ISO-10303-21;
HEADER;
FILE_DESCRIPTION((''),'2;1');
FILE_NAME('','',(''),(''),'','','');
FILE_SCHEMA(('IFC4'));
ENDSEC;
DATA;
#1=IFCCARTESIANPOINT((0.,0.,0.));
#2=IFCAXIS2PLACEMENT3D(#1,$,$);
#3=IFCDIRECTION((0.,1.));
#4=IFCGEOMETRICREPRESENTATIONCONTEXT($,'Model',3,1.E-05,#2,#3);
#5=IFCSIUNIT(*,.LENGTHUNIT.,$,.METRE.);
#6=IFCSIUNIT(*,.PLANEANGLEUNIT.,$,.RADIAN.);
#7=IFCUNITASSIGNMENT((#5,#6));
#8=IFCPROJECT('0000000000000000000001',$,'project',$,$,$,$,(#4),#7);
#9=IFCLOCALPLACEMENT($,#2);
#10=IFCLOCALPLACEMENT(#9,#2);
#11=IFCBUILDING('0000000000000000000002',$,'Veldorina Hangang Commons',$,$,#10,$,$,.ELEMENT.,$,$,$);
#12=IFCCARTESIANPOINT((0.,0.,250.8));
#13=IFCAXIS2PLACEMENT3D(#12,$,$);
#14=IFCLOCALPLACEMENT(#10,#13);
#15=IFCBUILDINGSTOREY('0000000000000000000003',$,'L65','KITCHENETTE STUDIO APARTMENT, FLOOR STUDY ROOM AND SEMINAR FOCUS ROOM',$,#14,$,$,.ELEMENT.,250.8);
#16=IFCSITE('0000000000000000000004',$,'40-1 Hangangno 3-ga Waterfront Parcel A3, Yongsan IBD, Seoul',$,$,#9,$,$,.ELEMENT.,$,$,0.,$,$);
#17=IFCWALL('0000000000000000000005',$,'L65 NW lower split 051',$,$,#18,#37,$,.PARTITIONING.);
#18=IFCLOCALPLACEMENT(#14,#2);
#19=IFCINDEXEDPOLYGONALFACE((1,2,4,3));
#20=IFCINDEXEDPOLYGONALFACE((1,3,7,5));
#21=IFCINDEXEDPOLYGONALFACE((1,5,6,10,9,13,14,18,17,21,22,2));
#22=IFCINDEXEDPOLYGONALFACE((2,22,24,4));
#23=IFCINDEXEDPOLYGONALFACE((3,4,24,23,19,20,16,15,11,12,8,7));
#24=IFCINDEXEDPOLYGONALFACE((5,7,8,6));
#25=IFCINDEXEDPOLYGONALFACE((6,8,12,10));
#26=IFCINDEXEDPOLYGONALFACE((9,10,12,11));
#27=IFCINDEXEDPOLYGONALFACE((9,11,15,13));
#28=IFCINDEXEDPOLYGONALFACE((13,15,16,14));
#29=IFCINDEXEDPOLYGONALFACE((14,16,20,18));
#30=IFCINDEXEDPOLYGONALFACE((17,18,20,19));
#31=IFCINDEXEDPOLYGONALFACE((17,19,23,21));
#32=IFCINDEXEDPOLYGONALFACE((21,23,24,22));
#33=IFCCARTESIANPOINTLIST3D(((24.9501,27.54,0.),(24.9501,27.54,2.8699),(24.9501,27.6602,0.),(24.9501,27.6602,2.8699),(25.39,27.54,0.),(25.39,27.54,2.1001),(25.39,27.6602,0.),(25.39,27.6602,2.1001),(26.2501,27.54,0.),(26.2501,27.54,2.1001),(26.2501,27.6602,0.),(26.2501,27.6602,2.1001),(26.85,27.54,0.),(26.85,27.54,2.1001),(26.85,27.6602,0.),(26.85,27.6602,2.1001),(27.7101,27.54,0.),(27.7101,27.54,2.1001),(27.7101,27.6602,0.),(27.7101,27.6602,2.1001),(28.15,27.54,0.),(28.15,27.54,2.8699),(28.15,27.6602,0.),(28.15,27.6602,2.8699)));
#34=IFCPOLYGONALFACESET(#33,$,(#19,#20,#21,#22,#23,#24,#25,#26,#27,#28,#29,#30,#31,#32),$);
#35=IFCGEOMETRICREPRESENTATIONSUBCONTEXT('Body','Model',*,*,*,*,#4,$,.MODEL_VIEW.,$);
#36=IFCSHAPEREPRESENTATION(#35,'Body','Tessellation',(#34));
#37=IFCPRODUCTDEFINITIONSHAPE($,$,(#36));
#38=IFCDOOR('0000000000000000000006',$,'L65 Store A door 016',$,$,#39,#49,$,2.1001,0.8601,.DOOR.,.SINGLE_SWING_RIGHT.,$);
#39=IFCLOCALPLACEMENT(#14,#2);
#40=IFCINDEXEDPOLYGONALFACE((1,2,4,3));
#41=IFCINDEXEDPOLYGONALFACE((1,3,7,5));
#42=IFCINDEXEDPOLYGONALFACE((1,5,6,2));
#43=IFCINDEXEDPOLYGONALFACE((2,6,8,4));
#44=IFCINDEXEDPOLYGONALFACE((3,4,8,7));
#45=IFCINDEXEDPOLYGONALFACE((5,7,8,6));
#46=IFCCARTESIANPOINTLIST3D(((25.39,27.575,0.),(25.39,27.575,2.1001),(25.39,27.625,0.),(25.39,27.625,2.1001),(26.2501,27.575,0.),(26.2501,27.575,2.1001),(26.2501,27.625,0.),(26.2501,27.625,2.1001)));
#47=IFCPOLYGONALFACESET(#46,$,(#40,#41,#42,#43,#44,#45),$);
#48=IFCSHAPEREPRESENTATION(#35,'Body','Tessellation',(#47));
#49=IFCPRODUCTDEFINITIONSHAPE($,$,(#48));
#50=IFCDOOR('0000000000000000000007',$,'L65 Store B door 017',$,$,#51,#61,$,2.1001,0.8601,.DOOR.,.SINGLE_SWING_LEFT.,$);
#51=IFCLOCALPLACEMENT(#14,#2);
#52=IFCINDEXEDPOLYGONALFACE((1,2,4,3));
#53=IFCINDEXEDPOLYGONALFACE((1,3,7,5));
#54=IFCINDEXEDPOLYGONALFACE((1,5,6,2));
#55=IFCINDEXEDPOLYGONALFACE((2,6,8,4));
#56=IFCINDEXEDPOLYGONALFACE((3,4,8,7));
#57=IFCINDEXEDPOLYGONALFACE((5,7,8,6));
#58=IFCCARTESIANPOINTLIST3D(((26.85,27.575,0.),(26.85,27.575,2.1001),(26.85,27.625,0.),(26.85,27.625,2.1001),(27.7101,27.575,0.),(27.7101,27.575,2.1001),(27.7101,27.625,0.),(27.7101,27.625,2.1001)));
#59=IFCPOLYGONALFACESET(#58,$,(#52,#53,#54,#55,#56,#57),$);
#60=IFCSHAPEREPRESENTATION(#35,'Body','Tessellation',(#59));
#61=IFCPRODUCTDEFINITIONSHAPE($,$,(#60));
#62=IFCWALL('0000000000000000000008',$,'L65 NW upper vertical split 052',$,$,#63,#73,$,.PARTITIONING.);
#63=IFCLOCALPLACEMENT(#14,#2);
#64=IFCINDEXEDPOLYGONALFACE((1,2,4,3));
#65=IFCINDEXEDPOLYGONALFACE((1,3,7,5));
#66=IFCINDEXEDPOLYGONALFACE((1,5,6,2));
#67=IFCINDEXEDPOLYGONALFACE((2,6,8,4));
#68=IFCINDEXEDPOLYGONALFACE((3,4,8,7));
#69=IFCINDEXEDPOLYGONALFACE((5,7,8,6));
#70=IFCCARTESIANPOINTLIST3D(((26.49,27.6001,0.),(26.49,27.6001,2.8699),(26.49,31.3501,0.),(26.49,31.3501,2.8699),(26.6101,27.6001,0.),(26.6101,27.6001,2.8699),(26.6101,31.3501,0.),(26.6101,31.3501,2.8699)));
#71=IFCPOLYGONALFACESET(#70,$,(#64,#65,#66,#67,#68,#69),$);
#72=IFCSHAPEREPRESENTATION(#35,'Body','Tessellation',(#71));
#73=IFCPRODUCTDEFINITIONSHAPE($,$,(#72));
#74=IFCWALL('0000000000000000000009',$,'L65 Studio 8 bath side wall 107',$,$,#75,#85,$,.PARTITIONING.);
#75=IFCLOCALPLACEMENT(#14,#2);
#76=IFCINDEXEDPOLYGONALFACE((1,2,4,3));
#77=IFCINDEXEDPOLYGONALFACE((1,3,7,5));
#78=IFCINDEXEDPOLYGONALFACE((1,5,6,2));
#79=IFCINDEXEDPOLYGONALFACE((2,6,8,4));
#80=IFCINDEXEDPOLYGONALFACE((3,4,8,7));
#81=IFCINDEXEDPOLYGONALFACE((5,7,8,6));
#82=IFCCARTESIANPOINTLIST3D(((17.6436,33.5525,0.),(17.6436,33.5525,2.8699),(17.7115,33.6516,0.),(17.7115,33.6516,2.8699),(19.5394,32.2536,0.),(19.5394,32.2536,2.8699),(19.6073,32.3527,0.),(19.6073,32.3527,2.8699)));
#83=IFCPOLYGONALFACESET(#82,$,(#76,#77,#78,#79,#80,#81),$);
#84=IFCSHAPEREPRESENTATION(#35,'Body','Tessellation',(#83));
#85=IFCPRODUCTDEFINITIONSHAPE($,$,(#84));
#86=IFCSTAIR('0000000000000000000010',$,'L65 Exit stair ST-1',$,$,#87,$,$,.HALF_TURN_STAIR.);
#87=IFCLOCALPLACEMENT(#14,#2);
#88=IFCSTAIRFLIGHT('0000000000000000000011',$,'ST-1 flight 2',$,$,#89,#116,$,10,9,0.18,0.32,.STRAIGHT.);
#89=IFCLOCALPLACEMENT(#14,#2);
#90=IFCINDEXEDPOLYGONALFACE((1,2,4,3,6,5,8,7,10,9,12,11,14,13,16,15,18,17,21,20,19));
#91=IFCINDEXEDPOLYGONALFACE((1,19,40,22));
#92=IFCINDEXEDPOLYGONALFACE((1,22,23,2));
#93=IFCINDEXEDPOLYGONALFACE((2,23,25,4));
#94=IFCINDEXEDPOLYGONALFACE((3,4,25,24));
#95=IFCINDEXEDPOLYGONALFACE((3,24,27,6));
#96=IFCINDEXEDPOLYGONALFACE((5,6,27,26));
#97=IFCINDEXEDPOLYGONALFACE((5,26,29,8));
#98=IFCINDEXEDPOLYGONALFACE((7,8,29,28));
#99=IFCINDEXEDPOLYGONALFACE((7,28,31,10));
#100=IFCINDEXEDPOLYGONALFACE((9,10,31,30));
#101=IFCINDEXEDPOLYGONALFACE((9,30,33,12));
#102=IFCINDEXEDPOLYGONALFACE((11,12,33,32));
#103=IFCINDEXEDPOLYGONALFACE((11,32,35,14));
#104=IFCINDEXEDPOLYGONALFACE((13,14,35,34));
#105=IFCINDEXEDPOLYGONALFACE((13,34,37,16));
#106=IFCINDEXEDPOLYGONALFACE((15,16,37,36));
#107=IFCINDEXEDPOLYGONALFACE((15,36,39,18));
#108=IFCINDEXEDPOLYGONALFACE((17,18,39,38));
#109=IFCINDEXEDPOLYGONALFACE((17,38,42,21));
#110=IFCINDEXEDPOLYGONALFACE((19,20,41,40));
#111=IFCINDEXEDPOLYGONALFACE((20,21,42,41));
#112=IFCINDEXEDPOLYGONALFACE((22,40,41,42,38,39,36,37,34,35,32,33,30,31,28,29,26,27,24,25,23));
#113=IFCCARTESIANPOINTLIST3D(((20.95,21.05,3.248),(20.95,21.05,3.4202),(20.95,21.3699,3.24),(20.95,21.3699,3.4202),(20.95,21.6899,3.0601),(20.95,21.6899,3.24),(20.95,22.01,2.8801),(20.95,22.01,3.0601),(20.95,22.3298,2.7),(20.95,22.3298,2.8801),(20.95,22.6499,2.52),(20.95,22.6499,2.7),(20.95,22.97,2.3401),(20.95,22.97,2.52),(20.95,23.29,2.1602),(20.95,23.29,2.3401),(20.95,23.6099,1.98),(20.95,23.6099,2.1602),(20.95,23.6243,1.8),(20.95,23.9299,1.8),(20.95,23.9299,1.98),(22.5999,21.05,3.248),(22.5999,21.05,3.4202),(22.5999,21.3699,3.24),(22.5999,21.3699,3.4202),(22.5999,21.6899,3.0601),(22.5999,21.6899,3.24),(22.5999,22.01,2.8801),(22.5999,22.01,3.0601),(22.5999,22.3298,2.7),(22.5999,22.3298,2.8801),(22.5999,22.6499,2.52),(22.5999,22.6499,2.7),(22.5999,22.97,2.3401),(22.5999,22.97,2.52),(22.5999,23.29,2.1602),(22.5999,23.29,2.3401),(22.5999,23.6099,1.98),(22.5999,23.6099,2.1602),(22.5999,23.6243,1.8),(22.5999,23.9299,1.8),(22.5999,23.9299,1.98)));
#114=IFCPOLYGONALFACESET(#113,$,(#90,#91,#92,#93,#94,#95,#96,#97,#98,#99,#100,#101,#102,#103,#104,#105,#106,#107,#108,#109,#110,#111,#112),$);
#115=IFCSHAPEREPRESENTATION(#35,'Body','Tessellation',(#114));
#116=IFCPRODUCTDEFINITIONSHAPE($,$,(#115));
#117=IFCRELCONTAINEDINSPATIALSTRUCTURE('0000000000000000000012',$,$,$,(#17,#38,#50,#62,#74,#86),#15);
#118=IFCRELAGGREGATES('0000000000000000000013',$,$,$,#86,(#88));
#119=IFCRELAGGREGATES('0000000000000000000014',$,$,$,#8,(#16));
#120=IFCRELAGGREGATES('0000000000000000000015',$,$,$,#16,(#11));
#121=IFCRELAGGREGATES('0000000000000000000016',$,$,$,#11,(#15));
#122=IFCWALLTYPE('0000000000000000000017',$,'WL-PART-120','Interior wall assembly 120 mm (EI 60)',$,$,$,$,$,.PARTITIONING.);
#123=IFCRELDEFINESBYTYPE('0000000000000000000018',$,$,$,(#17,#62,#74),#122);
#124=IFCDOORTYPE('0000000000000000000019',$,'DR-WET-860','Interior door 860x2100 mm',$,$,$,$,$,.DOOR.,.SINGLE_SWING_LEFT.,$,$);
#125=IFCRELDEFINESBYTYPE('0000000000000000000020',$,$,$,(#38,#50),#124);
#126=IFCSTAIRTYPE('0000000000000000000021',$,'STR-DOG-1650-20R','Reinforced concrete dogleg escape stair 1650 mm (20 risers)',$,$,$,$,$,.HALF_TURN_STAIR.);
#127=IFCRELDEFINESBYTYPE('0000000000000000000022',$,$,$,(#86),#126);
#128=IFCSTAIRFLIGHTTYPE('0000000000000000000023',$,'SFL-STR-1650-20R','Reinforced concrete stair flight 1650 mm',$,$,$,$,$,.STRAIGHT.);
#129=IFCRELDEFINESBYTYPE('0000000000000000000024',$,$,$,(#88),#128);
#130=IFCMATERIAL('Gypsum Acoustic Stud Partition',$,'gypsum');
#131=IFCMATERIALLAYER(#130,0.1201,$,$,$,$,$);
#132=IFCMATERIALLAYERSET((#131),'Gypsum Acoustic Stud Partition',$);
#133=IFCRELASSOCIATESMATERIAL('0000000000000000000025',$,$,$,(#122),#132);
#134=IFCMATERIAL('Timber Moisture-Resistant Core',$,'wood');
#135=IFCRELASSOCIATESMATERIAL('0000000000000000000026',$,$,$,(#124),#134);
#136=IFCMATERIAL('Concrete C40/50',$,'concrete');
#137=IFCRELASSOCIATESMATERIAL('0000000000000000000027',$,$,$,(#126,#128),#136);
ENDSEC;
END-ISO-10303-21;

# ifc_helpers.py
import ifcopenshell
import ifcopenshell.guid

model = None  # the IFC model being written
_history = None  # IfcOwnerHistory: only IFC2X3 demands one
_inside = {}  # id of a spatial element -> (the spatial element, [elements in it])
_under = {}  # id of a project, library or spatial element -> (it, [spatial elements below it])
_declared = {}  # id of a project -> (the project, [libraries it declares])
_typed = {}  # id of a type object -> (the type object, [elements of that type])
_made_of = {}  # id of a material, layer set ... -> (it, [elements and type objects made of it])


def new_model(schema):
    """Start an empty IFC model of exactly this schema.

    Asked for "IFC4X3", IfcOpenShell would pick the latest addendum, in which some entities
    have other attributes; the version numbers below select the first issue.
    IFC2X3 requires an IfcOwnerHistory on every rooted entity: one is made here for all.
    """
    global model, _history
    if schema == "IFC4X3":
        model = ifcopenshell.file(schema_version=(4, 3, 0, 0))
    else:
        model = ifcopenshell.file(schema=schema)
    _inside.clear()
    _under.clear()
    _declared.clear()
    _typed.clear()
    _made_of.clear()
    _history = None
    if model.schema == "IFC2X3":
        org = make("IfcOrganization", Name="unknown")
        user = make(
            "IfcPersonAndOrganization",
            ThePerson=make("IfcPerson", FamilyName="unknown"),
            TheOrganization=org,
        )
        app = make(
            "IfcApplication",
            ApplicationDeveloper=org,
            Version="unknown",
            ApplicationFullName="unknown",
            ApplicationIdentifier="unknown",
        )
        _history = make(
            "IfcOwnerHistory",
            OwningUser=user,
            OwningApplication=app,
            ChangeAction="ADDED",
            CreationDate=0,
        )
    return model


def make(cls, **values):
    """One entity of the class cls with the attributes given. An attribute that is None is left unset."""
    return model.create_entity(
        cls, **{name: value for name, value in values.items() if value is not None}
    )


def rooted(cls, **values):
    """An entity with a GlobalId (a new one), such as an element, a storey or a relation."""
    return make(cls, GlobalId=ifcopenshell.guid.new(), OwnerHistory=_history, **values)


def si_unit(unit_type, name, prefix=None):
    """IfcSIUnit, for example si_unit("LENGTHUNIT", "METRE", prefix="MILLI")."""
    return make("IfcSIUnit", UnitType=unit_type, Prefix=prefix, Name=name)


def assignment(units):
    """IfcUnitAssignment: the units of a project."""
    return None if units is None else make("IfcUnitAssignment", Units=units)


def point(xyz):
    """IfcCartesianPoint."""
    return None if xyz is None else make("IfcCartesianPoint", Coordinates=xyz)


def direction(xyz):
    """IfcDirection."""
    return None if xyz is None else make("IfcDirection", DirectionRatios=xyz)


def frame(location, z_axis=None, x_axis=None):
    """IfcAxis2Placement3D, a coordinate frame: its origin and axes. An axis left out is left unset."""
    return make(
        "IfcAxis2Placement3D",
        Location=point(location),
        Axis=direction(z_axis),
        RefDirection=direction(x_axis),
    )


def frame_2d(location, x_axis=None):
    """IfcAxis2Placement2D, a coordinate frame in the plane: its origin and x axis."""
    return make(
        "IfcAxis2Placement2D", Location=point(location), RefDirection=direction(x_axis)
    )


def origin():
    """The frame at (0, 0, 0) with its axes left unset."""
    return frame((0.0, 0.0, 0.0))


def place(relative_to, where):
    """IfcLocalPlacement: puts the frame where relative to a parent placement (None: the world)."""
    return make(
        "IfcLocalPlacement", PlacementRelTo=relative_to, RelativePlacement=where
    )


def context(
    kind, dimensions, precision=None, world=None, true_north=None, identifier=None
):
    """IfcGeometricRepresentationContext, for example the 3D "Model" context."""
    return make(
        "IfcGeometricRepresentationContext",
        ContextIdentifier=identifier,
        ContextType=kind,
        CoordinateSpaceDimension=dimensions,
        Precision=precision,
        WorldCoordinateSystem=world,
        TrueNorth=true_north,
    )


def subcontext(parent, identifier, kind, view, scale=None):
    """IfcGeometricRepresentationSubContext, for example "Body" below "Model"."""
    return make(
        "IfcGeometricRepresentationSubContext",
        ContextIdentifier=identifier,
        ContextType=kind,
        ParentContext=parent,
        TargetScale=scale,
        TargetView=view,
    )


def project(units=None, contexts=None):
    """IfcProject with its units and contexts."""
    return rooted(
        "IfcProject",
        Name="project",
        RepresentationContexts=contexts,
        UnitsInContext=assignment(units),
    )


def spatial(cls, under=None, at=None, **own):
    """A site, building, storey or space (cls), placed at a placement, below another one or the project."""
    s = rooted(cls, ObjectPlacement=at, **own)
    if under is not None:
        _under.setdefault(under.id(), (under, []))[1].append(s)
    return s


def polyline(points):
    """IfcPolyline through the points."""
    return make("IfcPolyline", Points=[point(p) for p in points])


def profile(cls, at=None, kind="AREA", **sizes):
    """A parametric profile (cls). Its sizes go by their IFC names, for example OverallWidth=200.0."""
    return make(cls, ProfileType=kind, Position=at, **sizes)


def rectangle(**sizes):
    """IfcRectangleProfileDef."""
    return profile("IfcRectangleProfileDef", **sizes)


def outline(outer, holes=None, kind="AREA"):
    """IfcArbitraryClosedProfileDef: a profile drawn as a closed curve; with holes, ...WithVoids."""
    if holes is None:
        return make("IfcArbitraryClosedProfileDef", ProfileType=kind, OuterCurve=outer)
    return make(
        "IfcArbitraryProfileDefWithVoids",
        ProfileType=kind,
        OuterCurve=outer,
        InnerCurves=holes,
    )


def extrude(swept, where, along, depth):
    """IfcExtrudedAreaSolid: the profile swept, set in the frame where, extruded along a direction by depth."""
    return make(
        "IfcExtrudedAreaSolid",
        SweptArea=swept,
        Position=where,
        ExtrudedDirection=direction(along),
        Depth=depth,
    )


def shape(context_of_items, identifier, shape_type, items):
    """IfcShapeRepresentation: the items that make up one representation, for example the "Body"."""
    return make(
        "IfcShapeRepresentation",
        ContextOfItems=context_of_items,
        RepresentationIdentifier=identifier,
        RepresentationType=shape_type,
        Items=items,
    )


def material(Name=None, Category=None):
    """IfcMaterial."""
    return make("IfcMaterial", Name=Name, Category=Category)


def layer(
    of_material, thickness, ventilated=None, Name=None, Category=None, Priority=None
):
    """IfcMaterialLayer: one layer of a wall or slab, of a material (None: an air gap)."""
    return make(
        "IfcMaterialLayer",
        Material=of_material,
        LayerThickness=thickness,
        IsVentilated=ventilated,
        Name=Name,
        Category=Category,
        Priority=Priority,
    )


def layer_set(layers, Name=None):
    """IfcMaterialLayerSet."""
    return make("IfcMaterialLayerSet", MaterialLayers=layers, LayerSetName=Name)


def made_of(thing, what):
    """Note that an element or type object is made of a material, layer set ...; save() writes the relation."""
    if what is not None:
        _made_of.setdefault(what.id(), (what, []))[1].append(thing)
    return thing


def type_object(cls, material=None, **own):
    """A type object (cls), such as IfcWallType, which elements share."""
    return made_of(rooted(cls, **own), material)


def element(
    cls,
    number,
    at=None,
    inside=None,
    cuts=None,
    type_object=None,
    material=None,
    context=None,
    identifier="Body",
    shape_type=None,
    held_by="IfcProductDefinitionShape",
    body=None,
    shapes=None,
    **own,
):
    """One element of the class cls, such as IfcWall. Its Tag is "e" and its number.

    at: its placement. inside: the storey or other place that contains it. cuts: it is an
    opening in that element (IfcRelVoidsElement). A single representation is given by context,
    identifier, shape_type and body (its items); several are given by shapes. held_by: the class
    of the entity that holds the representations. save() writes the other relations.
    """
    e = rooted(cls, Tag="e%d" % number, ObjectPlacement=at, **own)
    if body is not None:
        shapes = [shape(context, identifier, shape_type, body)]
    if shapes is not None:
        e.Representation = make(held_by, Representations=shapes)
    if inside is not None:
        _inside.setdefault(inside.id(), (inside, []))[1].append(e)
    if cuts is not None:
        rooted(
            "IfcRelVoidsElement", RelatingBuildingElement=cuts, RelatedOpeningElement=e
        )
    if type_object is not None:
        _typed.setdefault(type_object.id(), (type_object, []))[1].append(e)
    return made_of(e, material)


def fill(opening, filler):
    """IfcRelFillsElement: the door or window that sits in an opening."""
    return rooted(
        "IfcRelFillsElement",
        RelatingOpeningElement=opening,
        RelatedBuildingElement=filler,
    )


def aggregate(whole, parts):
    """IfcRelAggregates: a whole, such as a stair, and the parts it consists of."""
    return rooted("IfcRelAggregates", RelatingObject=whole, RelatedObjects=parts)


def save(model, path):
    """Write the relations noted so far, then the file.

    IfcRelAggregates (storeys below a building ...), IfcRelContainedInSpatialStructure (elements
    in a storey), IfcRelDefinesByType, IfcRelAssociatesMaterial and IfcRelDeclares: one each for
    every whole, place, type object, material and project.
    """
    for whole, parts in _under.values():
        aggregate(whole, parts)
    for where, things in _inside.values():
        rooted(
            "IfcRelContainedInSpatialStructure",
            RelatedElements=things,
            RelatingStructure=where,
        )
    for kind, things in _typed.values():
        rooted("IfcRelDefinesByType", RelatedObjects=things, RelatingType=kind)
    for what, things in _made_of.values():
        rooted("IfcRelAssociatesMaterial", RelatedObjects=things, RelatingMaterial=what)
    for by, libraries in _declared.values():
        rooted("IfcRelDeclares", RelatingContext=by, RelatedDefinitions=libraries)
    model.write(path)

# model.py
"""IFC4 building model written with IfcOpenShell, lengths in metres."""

from ifc_helpers import new_model, si_unit, direction, frame, frame_2d, origin, place, context, subcontext, project, spatial, polyline, rectangle, outline, extrude, material, layer, layer_set, type_object, element, fill, aggregate, save


model = new_model("IFC4")

# Units and contexts
model_context = context("Model", 3, precision=1e-05, world=origin(), true_north=direction((0.0, 1.0)))
body_context = subcontext(model_context, "Body", "Model", "MODEL_VIEW")
ifc_project = project(units=[si_unit("LENGTHUNIT", "METRE"), si_unit("PLANEANGLEUNIT", "RADIAN")], contexts=[model_context])

# Site, building, storey
site_placement = place(None, origin())
site = spatial("IfcSite", under=ifc_project, at=site_placement, Name="40-1 Hangangno 3-ga Waterfront Parcel A3, Yongsan IBD, Seoul", CompositionType="ELEMENT", RefElevation=0.0)
building_placement = place(site_placement, origin())
building = spatial("IfcBuilding", under=site, at=building_placement, Name="Veldorina Hangang Commons", CompositionType="ELEMENT")
storey_placement = place(building_placement, frame((0.0, 0.0, 250.8)))
storey = spatial("IfcBuildingStorey", under=building, at=storey_placement, Name="L65", Description="KITCHENETTE STUDIO APARTMENT, FLOOR STUDY ROOM AND SEMINAR FOCUS ROOM", CompositionType="ELEMENT", Elevation=250.8)

# Shared definitions
ifc_material_1 = material(Name="Gypsum Acoustic Stud Partition", Category="gypsum")
ifc_layer_1 = layer(ifc_material_1, 0.1201)
ifc_layer_set_1 = layer_set([ifc_layer_1], Name="Gypsum Acoustic Stud Partition")
wall_type_1 = type_object("IfcWallType", Name="WL-PART-120", Description="Interior wall assembly 120 mm (EI 60)", PredefinedType="PARTITIONING", material=ifc_layer_set_1)

# Wall, openings, doors
wall_1_placement = place(storey_placement, frame((24.95, 27.6001, 0.0), z_axis=(0.0, 0.0, 1.0), x_axis=(1.0, 0.0, 0.0)))
wall_1 = element("IfcWall", 1, at=wall_1_placement, inside=storey, type_object=wall_type_1, Name="L65 NW lower split 051", PredefinedType="PARTITIONING", context=body_context, shape_type="SweptSolid", body=[
    extrude(rectangle(XDim=3.2, YDim=0.1201, at=frame_2d((1.6001, 0.0))), origin(), (0.0, 0.0, 1.0), 2.8699),
])
opening_1_placement = place(wall_1_placement, frame((0.4399, 0.0, 0.0)))
opening_1 = element("IfcOpeningElement", 2, at=opening_1_placement, cuts=wall_1, PredefinedType="OPENING", context=body_context, shape_type="SweptSolid", body=[
    extrude(rectangle(XDim=0.8601, YDim=2.1001, at=frame_2d((0.4302, 1.05))), frame((0.0, 0.0701, 0.0), z_axis=(0.0, -1.0, 0.0), x_axis=(1.0, 0.0, 0.0)), (0.0, 0.0, 1.0), 0.1401),
])
opening_2_placement = place(wall_1_placement, frame((1.8999, 0.0, 0.0)))
opening_2 = element("IfcOpeningElement", 3, at=opening_2_placement, cuts=wall_1, PredefinedType="OPENING", context=body_context, shape_type="SweptSolid", body=[
    extrude(rectangle(XDim=0.8601, YDim=2.1001, at=frame_2d((0.4302, 1.05))), frame((0.0, 0.0701, 0.0), z_axis=(0.0, -1.0, 0.0), x_axis=(1.0, 0.0, 0.0)), (0.0, 0.0, 1.0), 0.1401),
])
ifc_material_2 = material(Name="Timber Moisture-Resistant Core", Category="wood")
door_type_1 = type_object("IfcDoorType", Name="DR-WET-860", Description="Interior door 860x2100 mm", OperationType="SINGLE_SWING_LEFT", PredefinedType="DOOR", material=ifc_material_2)
door_1_placement = place(opening_1_placement, origin())
door_1 = element("IfcDoor", 4, at=door_1_placement, inside=storey, type_object=door_type_1, Name="L65 Store A door 016", OperationType="SINGLE_SWING_RIGHT", OverallHeight=2.1001, OverallWidth=0.8601, PredefinedType="DOOR", context=body_context, shape_type="SweptSolid", body=[
    extrude(rectangle(XDim=0.8601, YDim=2.1001, at=frame_2d((0.4302, 1.05))), frame((0.0, 0.0249, 0.0), z_axis=(0.0, -1.0, 0.0), x_axis=(1.0, 0.0, 0.0)), (0.0, 0.0, 1.0), 0.05),
])
fill(opening_1, door_1)
door_2_placement = place(opening_2_placement, origin())
door_2 = element("IfcDoor", 5, at=door_2_placement, inside=storey, type_object=door_type_1, Name="L65 Store B door 017", OperationType="SINGLE_SWING_LEFT", OverallHeight=2.1001, OverallWidth=0.8601, PredefinedType="DOOR", context=body_context, shape_type="SweptSolid", body=[
    extrude(rectangle(XDim=0.8601, YDim=2.1001, at=frame_2d((0.4302, 1.05))), frame((0.0, 0.0249, 0.0), z_axis=(0.0, -1.0, 0.0), x_axis=(1.0, 0.0, 0.0)), (0.0, 0.0, 1.0), 0.05),
])
fill(opening_2, door_2)

# Walls
wall_2_placement = place(storey_placement, frame((26.55, 27.6001, 0.0), z_axis=(0.0, 0.0, 1.0), x_axis=(0.0, 1.0, 0.0)))
element("IfcWall", 6, at=wall_2_placement, inside=storey, type_object=wall_type_1, Name="L65 NW upper vertical split 052", PredefinedType="PARTITIONING", context=body_context, shape_type="SweptSolid", body=[
    extrude(rectangle(XDim=3.75, YDim=0.1201, at=frame_2d((1.875, 0.0))), origin(), (0.0, 0.0, 1.0), 2.8699),
])
wall_3_placement = place(storey_placement, frame((19.5732, 32.3032, 0.0), z_axis=(0.0, 0.0, 1.0), x_axis=(-0.824955, 0.565198, 0.0)))
element("IfcWall", 7, at=wall_3_placement, inside=storey, type_object=wall_type_1, Name="L65 Studio 8 bath side wall 107", PredefinedType="PARTITIONING", context=body_context, shape_type="SweptSolid", body=[
    extrude(rectangle(XDim=2.2981, YDim=0.1201, at=frame_2d((1.1489, 0.0))), origin(), (0.0, 0.0, 1.0), 2.8699),
])

# Stair, stair flight
ifc_material_3 = material(Name="Concrete C40/50", Category="concrete")
stair_type = type_object("IfcStairType", Name="STR-DOG-1650-20R", Description="Reinforced concrete dogleg escape stair 1650 mm (20 risers)", PredefinedType="HALF_TURN_STAIR", material=ifc_material_3)
stair_placement = place(storey_placement, origin())
stair = element("IfcStair", 8, at=stair_placement, inside=storey, type_object=stair_type, Name="L65 Exit stair ST-1", PredefinedType="HALF_TURN_STAIR")
stair_flight_type = type_object("IfcStairFlightType", Name="SFL-STR-1650-20R", Description="Reinforced concrete stair flight 1650 mm", PredefinedType="STRAIGHT", material=ifc_material_3)
stair_flight_placement = place(storey_placement, frame((21.7749, 23.9299, 1.8), z_axis=(0.0, 0.0, 1.0), x_axis=(0.0, -1.0, 0.0)))
stair_flight = element("IfcStairFlight", 9, at=stair_flight_placement, type_object=stair_flight_type, Name="ST-1 flight 2", NumberOfRisers=10, NumberOfTreads=9, PredefinedType="STRAIGHT", RiserHeight=0.18, TreadLength=0.32, context=body_context, shape_type="SweptSolid", body=[
    extrude(outline(polyline([(0.0, 0.0), (0.0, 0.1799), (0.3201, 0.1799), (0.3201, 0.3601), (0.6399, 0.3601), (0.6399, 0.54), (0.96, 0.54), (0.96, 0.72), (1.28, 0.72), (1.28, 0.8999), (1.6001, 0.8999), (1.6001, 1.0801), (1.9199, 1.0801), (1.9199, 1.26), (2.24, 1.26), (2.24, 1.4399), (2.5601, 1.4399), (2.5601, 1.6201), (2.8799, 1.6201), (2.8799, 1.8), (2.8799, 1.448), (0.3057, 0.0), (0.0, 0.0)])), frame((0.0, 0.825, 0.0), z_axis=(0.0, -1.0, 0.0), x_axis=(1.0, 0.0, 0.0)), (0.0, 0.0, 1.0), 1.6499),
])
aggregate(stair, [stair_flight])

save(model, "model.ifc")
